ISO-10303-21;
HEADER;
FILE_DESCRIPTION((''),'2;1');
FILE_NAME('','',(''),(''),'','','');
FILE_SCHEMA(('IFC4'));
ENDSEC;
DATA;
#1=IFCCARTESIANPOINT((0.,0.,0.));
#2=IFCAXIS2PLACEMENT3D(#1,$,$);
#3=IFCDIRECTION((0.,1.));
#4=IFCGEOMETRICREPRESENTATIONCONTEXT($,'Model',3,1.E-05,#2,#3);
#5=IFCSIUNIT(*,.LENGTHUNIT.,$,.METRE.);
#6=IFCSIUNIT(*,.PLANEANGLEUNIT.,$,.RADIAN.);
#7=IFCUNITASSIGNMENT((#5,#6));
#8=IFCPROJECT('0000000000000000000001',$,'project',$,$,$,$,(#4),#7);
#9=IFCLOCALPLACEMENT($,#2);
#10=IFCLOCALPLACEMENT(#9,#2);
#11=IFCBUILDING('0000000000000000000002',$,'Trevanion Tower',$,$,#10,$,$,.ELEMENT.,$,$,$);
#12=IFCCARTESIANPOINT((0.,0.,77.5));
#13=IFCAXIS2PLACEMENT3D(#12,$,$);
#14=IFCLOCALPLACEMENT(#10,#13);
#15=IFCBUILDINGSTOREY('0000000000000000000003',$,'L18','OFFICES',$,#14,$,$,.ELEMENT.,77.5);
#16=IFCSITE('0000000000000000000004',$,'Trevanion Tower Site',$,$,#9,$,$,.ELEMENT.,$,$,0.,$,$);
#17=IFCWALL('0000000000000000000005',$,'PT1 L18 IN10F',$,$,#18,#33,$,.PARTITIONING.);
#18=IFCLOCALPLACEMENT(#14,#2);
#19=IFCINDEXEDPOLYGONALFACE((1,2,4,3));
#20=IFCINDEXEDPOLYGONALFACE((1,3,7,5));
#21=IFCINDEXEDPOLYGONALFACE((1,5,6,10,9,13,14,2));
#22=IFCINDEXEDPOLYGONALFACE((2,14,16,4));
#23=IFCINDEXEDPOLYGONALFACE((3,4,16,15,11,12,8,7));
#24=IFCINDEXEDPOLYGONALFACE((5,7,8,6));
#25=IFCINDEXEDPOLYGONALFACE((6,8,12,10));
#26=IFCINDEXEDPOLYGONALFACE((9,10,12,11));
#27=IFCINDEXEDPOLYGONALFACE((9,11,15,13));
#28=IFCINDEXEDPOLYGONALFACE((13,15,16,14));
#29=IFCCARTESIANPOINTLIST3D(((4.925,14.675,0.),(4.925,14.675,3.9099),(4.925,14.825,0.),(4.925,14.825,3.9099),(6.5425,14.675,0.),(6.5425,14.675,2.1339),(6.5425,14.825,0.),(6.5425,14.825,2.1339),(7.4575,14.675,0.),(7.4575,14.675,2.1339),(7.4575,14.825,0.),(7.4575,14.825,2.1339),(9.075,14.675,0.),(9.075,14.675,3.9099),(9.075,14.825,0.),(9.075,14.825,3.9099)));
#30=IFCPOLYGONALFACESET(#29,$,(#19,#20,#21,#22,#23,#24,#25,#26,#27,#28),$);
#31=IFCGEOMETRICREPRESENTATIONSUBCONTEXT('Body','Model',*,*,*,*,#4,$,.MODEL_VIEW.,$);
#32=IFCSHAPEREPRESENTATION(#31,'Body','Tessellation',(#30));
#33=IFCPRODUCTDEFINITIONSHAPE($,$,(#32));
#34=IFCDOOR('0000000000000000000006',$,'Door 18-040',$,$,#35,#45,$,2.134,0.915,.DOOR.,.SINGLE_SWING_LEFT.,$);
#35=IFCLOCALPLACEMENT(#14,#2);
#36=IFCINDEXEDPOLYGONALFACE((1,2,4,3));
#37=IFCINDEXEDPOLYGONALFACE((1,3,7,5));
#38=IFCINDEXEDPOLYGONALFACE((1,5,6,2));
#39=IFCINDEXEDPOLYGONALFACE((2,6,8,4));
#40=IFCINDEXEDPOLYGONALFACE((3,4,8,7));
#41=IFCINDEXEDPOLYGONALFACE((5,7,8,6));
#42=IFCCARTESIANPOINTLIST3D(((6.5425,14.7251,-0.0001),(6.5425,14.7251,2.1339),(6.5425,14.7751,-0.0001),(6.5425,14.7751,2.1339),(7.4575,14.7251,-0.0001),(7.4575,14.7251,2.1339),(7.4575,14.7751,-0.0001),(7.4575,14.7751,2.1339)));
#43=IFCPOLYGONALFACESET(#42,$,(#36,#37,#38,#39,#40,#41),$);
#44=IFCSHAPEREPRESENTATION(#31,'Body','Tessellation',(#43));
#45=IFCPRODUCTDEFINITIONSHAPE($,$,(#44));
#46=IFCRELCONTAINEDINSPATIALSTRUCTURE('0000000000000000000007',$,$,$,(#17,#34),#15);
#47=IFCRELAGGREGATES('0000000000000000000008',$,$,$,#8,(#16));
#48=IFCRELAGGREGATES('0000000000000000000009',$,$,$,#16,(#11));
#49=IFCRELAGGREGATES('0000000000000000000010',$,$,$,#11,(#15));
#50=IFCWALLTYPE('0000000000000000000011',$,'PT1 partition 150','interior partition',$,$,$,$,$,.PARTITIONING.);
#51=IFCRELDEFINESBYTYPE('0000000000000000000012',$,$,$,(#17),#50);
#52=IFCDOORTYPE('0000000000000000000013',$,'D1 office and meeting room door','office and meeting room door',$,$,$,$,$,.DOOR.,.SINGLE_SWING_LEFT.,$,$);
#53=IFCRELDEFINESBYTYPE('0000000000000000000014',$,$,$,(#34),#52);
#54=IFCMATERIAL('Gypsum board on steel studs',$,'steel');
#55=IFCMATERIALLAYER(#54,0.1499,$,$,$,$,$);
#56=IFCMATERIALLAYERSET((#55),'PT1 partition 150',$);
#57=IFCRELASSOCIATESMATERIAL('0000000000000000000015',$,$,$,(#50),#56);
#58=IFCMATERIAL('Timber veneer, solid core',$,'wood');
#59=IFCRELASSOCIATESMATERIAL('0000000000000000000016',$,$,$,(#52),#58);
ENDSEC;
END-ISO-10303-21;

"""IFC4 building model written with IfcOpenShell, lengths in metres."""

from ifc_helpers import new_model, si_unit, direction, frame, frame_2d, origin, place, context, subcontext, project, spatial, rectangle, extrude, material, layer, layer_set, type_object, element, fill, save


model = new_model("IFC4")

# Units and contexts
model_context = context("Model", 3, precision=1e-05, world=origin(), true_north=direction((0.0, 1.0)))
body_context = subcontext(model_context, "Body", "Model", "MODEL_VIEW")
ifc_project = project(units=[si_unit("LENGTHUNIT", "METRE"), si_unit("PLANEANGLEUNIT", "RADIAN")], contexts=[model_context])

# Site, building, storey
site_placement = place(None, origin())
site = spatial("IfcSite", under=ifc_project, at=site_placement, Name="Trevanion Tower Site", CompositionType="ELEMENT", RefElevation=0.0)
building_placement = place(site_placement, origin())
building = spatial("IfcBuilding", under=site, at=building_placement, Name="Trevanion Tower", CompositionType="ELEMENT")
storey_placement = place(building_placement, frame((0.0, 0.0, 77.5)))
storey = spatial("IfcBuildingStorey", under=building, at=storey_placement, Name="L18", Description="OFFICES", CompositionType="ELEMENT", Elevation=77.5)

# Shared definitions
ifc_material_1 = material(Name="Gypsum board on steel studs", Category="steel")
ifc_layer_1 = layer(ifc_material_1, 0.1499)
ifc_layer_set_1 = layer_set([ifc_layer_1], Name="PT1 partition 150")
wall_type = type_object("IfcWallType", Name="PT1 partition 150", Description="interior partition", PredefinedType="PARTITIONING", material=ifc_layer_set_1)
ifc_material_2 = material(Name="Timber veneer, solid core", Category="wood")
door_type = type_object("IfcDoorType", Name="D1 office and meeting room door", Description="office and meeting room door", OperationType="SINGLE_SWING_LEFT", PredefinedType="DOOR", material=ifc_material_2)

# Wall, opening, door
wall_1_placement = place(storey_placement, frame((9.075, 14.75, 0.0), z_axis=(0.0, 0.0, 1.0), x_axis=(-1.0, 0.0, 0.0)))
wall_1 = element("IfcWall", 1, at=wall_1_placement, inside=storey, type_object=wall_type, Name="PT1 L18 IN10F", PredefinedType="PARTITIONING", context=body_context, shape_type="SweptSolid", body=[
    extrude(rectangle(XDim=4.1499, YDim=0.1499, at=frame_2d((2.075, 0.0))), origin(), (0.0, 0.0, 1.0), 3.9099),
])
opening_1_placement = place(wall_1_placement, frame((1.6174, 0.0, 0.0)))
opening_1 = element("IfcOpeningElement", 2, at=opening_1_placement, cuts=wall_1, PredefinedType="OPENING", context=body_context, shape_type="SweptSolid", body=[
    extrude(rectangle(XDim=0.915, YDim=2.134, at=frame_2d((0.4575, 1.0669))), frame((0.0, 0.085, 0.0), z_axis=(0.0, -1.0, 0.0), x_axis=(1.0, 0.0, 0.0)), (0.0, 0.0, 1.0), 0.1699),
])
door_1_placement = place(opening_1_placement, origin())
door_1 = element("IfcDoor", 3, at=door_1_placement, inside=storey, type_object=door_type, Name="Door 18-040", OperationType="SINGLE_SWING_LEFT", OverallHeight=2.134, OverallWidth=0.915, PredefinedType="DOOR", context=body_context, shape_type="SweptSolid", body=[
    extrude(rectangle(XDim=0.915, YDim=2.134, at=frame_2d((0.4575, 1.0669))), frame((0.0, 0.0249, 0.0), z_axis=(0.0, -1.0, 0.0), x_axis=(1.0, 0.0, 0.0)), (0.0, 0.0, 1.0), 0.05),
])
fill(opening_1, door_1)

save(model, "model.ifc")
